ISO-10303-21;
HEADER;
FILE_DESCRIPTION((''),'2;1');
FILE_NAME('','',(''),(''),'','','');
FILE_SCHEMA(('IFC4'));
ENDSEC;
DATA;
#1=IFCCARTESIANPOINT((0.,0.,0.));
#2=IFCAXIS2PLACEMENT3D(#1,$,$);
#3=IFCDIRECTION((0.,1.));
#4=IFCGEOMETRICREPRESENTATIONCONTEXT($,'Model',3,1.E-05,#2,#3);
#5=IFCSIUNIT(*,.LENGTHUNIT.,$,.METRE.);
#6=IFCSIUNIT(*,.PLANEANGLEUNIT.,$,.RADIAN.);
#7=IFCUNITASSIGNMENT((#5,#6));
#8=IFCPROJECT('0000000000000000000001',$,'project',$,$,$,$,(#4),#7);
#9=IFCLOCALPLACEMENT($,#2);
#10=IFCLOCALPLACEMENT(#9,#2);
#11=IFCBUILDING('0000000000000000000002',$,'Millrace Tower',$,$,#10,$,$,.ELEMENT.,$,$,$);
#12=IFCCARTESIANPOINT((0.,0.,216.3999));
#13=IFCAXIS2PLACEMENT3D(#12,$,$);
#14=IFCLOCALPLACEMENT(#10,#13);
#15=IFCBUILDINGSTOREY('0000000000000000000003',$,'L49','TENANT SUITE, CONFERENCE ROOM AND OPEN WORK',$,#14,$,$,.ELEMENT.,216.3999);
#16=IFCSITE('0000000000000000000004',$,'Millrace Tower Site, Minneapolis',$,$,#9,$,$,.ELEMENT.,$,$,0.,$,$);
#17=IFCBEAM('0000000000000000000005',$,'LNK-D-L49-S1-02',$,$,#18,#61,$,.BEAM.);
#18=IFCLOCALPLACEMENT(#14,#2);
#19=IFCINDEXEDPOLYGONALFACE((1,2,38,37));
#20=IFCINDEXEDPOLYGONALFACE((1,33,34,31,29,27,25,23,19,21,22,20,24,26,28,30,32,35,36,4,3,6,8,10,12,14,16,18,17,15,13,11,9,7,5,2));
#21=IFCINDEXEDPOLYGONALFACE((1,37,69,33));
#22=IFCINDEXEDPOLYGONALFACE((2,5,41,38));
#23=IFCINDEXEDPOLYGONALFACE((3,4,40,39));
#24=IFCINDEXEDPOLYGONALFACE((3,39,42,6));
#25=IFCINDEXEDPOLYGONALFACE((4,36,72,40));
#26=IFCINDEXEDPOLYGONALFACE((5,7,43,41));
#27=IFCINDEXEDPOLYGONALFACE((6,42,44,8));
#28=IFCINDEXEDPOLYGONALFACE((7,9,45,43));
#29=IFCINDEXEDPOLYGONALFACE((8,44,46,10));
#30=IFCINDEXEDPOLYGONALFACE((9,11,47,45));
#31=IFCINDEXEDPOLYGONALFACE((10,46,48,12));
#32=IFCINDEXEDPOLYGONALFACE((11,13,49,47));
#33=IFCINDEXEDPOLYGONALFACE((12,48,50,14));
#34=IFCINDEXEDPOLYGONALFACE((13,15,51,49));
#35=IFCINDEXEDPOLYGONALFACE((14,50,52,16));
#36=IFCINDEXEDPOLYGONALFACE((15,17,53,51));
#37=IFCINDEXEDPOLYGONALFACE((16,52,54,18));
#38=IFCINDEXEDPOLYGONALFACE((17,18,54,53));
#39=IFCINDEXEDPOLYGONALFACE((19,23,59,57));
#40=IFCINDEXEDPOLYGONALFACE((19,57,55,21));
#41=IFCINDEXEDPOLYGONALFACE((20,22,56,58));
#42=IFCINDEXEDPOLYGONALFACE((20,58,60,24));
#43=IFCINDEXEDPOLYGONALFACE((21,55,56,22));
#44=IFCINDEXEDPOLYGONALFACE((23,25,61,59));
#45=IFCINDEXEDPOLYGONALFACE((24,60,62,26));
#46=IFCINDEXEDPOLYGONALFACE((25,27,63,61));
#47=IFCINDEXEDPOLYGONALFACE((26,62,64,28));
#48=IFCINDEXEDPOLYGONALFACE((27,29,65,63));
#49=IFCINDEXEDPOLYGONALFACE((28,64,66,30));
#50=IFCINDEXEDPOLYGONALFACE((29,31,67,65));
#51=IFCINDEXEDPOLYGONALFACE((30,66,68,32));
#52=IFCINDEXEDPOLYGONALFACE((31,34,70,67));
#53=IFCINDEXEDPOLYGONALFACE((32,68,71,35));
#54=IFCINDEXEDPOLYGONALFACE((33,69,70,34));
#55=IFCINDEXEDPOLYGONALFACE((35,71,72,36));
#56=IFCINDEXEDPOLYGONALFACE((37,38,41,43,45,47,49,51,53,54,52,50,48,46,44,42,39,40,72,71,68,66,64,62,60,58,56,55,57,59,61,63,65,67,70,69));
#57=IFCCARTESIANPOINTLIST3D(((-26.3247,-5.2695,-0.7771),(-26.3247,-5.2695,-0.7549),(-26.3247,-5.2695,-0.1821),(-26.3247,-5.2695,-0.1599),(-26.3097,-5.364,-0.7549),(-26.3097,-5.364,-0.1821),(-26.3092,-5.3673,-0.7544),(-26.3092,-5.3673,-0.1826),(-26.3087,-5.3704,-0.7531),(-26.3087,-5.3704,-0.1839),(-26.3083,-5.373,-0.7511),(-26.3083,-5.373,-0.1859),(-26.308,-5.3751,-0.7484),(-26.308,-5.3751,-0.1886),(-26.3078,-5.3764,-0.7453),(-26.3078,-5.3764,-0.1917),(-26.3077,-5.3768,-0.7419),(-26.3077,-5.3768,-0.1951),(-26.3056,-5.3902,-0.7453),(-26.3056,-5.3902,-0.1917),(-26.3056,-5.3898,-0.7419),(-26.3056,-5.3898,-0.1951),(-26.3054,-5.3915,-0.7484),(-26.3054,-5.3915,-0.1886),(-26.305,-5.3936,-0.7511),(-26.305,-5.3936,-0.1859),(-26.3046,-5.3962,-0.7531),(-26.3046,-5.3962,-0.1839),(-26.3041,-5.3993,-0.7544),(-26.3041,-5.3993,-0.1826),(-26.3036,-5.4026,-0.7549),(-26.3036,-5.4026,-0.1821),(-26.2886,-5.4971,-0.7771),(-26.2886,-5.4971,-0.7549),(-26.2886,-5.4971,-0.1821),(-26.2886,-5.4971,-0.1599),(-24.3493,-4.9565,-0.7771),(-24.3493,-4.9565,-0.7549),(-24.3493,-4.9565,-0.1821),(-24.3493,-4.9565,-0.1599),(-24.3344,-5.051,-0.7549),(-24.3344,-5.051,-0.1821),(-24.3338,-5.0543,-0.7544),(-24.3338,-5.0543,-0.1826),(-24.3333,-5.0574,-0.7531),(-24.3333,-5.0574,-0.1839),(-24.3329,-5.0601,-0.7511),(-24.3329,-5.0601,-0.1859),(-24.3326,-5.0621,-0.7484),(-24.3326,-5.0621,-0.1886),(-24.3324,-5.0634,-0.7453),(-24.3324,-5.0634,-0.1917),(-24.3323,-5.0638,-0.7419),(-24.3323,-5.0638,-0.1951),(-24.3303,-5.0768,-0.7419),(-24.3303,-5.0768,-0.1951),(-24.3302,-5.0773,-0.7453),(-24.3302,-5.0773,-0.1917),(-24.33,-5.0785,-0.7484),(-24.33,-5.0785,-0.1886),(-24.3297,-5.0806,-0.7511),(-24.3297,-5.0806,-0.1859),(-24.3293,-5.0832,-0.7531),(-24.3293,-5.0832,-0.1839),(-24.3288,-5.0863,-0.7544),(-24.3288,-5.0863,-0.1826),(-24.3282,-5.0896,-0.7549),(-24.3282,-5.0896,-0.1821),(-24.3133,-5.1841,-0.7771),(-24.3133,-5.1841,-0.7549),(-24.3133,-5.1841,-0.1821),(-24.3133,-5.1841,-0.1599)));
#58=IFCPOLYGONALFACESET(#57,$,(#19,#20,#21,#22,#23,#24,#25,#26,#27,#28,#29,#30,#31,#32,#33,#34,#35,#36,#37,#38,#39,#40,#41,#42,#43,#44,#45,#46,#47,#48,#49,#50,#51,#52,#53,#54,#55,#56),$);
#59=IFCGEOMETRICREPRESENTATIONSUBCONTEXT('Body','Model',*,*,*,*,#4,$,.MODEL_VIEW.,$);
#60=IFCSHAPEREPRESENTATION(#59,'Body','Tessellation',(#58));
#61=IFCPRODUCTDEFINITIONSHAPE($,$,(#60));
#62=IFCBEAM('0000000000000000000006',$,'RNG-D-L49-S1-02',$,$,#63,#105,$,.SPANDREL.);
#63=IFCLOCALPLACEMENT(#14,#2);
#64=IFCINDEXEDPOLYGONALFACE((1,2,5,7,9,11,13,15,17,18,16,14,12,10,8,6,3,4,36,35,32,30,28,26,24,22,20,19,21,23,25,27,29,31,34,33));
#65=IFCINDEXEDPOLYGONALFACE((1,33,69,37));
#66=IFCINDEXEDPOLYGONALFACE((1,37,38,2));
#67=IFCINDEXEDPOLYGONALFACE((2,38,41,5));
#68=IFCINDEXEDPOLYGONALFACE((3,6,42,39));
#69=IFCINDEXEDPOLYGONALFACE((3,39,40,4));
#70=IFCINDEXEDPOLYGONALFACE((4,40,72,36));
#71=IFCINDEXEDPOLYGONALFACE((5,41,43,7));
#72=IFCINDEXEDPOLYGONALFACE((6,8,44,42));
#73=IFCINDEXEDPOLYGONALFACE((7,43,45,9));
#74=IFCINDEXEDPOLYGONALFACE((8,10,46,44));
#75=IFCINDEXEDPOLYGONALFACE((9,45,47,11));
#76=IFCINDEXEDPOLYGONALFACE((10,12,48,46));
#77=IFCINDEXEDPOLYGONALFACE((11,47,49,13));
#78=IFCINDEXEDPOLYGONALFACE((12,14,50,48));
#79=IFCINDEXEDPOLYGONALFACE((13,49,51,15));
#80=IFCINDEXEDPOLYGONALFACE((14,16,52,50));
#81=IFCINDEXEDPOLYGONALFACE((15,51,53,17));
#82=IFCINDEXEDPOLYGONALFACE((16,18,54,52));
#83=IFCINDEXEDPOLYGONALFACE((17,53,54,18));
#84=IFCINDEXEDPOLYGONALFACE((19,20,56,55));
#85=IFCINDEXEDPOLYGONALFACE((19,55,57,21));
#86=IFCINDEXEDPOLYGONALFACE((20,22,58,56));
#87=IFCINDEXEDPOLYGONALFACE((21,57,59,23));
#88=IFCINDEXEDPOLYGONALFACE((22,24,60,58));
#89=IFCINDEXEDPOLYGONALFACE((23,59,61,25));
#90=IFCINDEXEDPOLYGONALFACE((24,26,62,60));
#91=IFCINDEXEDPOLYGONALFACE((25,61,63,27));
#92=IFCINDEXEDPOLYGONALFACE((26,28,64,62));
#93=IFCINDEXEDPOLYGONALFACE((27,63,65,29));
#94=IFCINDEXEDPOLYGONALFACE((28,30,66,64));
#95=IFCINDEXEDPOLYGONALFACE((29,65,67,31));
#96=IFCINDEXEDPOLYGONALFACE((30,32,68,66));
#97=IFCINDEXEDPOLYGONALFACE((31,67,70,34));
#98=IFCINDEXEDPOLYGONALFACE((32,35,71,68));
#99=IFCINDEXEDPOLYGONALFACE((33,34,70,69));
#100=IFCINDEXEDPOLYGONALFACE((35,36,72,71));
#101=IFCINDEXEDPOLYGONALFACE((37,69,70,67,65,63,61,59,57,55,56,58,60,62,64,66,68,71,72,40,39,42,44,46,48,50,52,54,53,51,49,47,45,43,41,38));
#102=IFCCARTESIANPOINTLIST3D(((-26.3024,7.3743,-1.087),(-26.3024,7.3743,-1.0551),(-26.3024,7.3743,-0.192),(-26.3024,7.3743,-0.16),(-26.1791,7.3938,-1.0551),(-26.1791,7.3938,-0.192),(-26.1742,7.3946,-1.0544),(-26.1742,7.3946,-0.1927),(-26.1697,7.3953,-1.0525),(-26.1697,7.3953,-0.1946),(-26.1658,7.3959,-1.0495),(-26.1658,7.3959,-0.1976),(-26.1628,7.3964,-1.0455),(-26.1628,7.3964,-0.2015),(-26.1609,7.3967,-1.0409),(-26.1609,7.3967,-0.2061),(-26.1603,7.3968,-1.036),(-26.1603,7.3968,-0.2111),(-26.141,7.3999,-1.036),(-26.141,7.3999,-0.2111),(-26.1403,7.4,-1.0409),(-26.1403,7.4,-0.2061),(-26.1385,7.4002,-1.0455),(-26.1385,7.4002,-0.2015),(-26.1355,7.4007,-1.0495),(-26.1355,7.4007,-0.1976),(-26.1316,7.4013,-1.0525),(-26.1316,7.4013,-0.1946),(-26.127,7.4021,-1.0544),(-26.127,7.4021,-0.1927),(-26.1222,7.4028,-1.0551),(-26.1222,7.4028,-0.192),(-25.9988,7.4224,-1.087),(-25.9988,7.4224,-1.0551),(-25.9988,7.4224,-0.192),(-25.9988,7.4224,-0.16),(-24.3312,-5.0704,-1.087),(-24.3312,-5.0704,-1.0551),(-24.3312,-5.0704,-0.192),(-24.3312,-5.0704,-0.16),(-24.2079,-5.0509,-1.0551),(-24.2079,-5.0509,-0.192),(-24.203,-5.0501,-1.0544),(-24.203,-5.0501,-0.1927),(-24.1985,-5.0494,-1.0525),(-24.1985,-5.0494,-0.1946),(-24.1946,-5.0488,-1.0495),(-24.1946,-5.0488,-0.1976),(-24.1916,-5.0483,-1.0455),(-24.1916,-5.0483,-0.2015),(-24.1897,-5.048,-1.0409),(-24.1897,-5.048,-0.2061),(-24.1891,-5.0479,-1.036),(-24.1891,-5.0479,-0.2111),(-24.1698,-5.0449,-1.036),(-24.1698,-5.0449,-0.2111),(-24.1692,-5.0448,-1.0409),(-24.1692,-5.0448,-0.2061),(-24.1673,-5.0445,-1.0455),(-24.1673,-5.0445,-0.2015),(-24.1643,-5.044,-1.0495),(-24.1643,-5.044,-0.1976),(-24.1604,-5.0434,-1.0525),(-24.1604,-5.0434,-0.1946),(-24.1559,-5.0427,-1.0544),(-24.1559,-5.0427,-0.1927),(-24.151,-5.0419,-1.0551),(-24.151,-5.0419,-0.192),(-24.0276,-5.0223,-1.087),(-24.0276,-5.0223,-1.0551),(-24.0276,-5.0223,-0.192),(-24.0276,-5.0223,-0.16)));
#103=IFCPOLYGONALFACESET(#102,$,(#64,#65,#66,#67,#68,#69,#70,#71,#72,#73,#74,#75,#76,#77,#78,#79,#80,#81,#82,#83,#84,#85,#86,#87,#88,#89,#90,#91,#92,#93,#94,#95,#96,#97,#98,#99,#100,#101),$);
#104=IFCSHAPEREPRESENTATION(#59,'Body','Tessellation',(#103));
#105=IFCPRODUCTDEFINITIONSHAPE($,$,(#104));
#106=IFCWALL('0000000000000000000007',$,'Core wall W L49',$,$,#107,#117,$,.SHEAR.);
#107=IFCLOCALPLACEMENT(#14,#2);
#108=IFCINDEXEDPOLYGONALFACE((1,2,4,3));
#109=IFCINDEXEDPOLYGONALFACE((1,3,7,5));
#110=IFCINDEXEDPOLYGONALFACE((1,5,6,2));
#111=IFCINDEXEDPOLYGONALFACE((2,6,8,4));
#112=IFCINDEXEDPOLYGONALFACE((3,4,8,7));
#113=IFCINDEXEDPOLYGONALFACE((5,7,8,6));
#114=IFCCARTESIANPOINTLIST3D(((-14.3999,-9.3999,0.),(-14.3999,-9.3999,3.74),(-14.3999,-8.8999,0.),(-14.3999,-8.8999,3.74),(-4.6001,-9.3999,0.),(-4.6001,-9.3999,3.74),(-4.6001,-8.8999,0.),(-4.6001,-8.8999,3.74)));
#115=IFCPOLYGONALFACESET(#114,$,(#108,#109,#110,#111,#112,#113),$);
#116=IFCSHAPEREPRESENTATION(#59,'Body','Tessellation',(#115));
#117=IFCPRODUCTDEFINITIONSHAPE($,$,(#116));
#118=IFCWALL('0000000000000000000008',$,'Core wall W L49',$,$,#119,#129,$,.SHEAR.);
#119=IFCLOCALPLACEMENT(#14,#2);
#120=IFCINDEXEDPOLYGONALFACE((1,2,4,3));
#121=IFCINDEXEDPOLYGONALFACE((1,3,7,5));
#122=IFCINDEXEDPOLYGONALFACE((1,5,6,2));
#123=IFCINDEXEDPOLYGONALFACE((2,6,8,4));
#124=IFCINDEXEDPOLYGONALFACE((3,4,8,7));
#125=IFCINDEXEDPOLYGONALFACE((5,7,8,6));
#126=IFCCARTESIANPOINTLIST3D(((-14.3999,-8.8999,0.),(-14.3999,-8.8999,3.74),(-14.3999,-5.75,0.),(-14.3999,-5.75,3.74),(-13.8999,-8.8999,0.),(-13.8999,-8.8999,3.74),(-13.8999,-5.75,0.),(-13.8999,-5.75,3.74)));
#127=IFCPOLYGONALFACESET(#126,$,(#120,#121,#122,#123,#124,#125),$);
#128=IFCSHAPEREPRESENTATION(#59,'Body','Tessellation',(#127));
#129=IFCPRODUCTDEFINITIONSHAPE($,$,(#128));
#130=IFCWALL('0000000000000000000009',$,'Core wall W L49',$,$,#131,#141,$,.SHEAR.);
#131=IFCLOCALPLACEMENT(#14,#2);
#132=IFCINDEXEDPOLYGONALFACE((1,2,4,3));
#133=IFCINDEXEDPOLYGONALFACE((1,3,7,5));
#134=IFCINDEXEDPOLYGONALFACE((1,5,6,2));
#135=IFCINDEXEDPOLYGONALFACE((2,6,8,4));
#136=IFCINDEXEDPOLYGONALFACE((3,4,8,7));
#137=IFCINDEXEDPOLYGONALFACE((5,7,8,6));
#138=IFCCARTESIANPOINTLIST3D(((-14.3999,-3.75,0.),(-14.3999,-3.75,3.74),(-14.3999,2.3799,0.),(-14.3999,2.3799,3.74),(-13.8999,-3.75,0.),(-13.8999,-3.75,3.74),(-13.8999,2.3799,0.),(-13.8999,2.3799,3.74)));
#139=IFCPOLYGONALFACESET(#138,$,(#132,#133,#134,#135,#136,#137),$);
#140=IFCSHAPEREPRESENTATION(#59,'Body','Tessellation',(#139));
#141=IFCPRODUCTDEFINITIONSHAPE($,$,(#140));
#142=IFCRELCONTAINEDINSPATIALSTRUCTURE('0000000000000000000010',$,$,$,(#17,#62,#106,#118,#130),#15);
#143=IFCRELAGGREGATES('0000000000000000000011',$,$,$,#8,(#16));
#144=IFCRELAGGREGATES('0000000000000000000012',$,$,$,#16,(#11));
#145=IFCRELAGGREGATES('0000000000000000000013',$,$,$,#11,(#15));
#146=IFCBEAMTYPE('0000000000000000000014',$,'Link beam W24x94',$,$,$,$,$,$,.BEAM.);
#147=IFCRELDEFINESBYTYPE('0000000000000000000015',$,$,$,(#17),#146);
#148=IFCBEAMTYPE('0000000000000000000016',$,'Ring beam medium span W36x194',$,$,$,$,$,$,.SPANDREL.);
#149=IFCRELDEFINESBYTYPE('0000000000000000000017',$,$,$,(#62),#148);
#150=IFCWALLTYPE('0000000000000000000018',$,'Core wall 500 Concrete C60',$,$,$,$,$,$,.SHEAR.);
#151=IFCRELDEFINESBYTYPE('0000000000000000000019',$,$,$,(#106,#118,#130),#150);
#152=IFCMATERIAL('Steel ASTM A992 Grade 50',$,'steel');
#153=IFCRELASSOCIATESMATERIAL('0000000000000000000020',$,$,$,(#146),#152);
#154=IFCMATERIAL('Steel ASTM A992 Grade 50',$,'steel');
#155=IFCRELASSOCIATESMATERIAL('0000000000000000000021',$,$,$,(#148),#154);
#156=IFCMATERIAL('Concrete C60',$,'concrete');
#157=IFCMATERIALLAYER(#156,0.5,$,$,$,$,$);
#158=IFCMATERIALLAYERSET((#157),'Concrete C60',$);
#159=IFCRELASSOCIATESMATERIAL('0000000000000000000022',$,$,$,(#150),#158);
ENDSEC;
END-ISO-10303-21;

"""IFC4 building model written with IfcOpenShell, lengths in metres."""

from ifc_helpers import new_model, si_unit, direction, frame, frame_2d, origin, origin_2d, place, context, subcontext, project, spatial, rectangle, i_section, extrude, material, layer, layer_set, material_profile, profile_set, type_object, element, save


model = new_model("IFC4")

# Units and contexts
model_context = context("Model", 3, precision=1e-05, world=origin(), true_north=direction((0.0, 1.0)))
body_context = subcontext(model_context, "Body", "Model", "MODEL_VIEW")
ifc_project = project(units=[si_unit("LENGTHUNIT", "METRE"), si_unit("PLANEANGLEUNIT", "RADIAN")], contexts=[model_context])

# Site, building, storey
site_placement = place(None, origin())
site = spatial("IfcSite", under=ifc_project, at=site_placement, Name="Millrace Tower Site, Minneapolis", CompositionType="ELEMENT", RefElevation=0.0)
building_placement = place(site_placement, origin())
building = spatial("IfcBuilding", under=site, at=building_placement, Name="Millrace Tower", CompositionType="ELEMENT")
storey_placement = place(building_placement, frame((0.0, 0.0, 216.3999)))
storey = spatial("IfcBuildingStorey", under=building, at=storey_placement, Name="L49", Description="TENANT SUITE, CONFERENCE ROOM AND OPEN WORK", CompositionType="ELEMENT", Elevation=216.3999)

# Beams
ifc_material_1 = material(Name="Steel ASTM A992 Grade 50", Category="steel")
ifc_material_profile_1 = material_profile(ifc_material_1, i_section(OverallWidth=0.2305, OverallDepth=0.6172, WebThickness=0.0132, FlangeThickness=0.0222, FilletRadius=0.0129, at=origin_2d()))
ifc_profile_set_1 = profile_set([ifc_material_profile_1], Name="Steel ASTM A992 Grade 50")
beam_type_1 = type_object("IfcBeamType", Name="Link beam W24x94", PredefinedType="BEAM", material=ifc_profile_set_1)
beam_1_placement = place(storey_placement, frame((-24.3313, -5.0703, -0.4685), z_axis=(-0.987679, -0.156495, 0.0), x_axis=(0.156495, -0.987679, 0.0)))
element("IfcBeam", 1, at=beam_1_placement, inside=storey, type_object=beam_type_1, Name="LNK-D-L49-S1-02", PredefinedType="BEAM", context=body_context, shape_type="SweptSolid", body=[
    extrude(i_section(OverallWidth=0.2305, OverallDepth=0.6172, WebThickness=0.0132, FlangeThickness=0.0222, FilletRadius=0.0129, at=origin_2d()), origin(), (0.0, 0.0, 1.0), 2.0),
])
ifc_material_2 = material(Name="Steel ASTM A992 Grade 50", Category="steel")
ifc_material_profile_2 = material_profile(ifc_material_2, i_section(OverallWidth=0.3074, OverallDepth=0.927, WebThickness=0.0195, FlangeThickness=0.032, FilletRadius=0.019, at=origin_2d()))
ifc_profile_set_2 = profile_set([ifc_material_profile_2], Name="Steel ASTM A992 Grade 50")
beam_type_2 = type_object("IfcBeamType", Name="Ring beam medium span W36x194", PredefinedType="SPANDREL", material=ifc_profile_set_2)
beam_2_placement = place(storey_placement, frame((-24.1794, -5.0464, -0.6235), z_axis=(-0.156444, 0.987687, 0.0), x_axis=(-0.987687, -0.156444, 0.0)))
element("IfcBeam", 2, at=beam_2_placement, inside=storey, type_object=beam_type_2, Name="RNG-D-L49-S1-02", PredefinedType="SPANDREL", context=body_context, shape_type="SweptSolid", body=[
    extrude(i_section(OverallWidth=0.3074, OverallDepth=0.927, WebThickness=0.0195, FlangeThickness=0.032, FilletRadius=0.019, at=origin_2d()), origin(), (0.0, 0.0, 1.0), 12.5999),
])

# Walls
ifc_material_3 = material(Name="Concrete C60", Category="concrete")
ifc_layer_1 = layer(ifc_material_3, 0.5)
ifc_layer_set_1 = layer_set([ifc_layer_1], Name="Concrete C60")
wall_type_1 = type_object("IfcWallType", Name="Core wall 500 Concrete C60", PredefinedType="SHEAR", material=ifc_layer_set_1)
wall_1_placement = place(storey_placement, frame((-14.3999, -9.1499, 0.0), z_axis=(0.0, 0.0, 1.0), x_axis=(1.0, 0.0, 0.0)))
element("IfcWall", 3, at=wall_1_placement, inside=storey, type_object=wall_type_1, Name="Core wall W L49", PredefinedType="SHEAR", context=body_context, shape_type="SweptSolid", body=[
    extrude(rectangle(XDim=9.7998, YDim=0.5, at=frame_2d((4.8999, 0.0))), origin(), (0.0, 0.0, 1.0), 3.74),
])
wall_2_placement = place(storey_placement, frame((-14.1499, -8.8999, 0.0), z_axis=(0.0, 0.0, 1.0), x_axis=(0.0, 1.0, 0.0)))
element("IfcWall", 4, at=wall_2_placement, inside=storey, type_object=wall_type_1, Name="Core wall W L49", PredefinedType="SHEAR", context=body_context, shape_type="SweptSolid", body=[
    extrude(rectangle(XDim=3.1499, YDim=0.5, at=frame_2d((1.575, 0.0))), origin(), (0.0, 0.0, 1.0), 3.74),
])
wall_3_placement = place(storey_placement, frame((-14.1499, -3.75, 0.0), z_axis=(0.0, 0.0, 1.0), x_axis=(0.0, 1.0, 0.0)))
element("IfcWall", 5, at=wall_3_placement, inside=storey, type_object=wall_type_1, Name="Core wall W L49", PredefinedType="SHEAR", context=body_context, shape_type="SweptSolid", body=[
    extrude(rectangle(XDim=6.1299, YDim=0.5, at=frame_2d((3.0649, 0.0))), origin(), (0.0, 0.0, 1.0), 3.74),
])

save(model, "model.ifc")
